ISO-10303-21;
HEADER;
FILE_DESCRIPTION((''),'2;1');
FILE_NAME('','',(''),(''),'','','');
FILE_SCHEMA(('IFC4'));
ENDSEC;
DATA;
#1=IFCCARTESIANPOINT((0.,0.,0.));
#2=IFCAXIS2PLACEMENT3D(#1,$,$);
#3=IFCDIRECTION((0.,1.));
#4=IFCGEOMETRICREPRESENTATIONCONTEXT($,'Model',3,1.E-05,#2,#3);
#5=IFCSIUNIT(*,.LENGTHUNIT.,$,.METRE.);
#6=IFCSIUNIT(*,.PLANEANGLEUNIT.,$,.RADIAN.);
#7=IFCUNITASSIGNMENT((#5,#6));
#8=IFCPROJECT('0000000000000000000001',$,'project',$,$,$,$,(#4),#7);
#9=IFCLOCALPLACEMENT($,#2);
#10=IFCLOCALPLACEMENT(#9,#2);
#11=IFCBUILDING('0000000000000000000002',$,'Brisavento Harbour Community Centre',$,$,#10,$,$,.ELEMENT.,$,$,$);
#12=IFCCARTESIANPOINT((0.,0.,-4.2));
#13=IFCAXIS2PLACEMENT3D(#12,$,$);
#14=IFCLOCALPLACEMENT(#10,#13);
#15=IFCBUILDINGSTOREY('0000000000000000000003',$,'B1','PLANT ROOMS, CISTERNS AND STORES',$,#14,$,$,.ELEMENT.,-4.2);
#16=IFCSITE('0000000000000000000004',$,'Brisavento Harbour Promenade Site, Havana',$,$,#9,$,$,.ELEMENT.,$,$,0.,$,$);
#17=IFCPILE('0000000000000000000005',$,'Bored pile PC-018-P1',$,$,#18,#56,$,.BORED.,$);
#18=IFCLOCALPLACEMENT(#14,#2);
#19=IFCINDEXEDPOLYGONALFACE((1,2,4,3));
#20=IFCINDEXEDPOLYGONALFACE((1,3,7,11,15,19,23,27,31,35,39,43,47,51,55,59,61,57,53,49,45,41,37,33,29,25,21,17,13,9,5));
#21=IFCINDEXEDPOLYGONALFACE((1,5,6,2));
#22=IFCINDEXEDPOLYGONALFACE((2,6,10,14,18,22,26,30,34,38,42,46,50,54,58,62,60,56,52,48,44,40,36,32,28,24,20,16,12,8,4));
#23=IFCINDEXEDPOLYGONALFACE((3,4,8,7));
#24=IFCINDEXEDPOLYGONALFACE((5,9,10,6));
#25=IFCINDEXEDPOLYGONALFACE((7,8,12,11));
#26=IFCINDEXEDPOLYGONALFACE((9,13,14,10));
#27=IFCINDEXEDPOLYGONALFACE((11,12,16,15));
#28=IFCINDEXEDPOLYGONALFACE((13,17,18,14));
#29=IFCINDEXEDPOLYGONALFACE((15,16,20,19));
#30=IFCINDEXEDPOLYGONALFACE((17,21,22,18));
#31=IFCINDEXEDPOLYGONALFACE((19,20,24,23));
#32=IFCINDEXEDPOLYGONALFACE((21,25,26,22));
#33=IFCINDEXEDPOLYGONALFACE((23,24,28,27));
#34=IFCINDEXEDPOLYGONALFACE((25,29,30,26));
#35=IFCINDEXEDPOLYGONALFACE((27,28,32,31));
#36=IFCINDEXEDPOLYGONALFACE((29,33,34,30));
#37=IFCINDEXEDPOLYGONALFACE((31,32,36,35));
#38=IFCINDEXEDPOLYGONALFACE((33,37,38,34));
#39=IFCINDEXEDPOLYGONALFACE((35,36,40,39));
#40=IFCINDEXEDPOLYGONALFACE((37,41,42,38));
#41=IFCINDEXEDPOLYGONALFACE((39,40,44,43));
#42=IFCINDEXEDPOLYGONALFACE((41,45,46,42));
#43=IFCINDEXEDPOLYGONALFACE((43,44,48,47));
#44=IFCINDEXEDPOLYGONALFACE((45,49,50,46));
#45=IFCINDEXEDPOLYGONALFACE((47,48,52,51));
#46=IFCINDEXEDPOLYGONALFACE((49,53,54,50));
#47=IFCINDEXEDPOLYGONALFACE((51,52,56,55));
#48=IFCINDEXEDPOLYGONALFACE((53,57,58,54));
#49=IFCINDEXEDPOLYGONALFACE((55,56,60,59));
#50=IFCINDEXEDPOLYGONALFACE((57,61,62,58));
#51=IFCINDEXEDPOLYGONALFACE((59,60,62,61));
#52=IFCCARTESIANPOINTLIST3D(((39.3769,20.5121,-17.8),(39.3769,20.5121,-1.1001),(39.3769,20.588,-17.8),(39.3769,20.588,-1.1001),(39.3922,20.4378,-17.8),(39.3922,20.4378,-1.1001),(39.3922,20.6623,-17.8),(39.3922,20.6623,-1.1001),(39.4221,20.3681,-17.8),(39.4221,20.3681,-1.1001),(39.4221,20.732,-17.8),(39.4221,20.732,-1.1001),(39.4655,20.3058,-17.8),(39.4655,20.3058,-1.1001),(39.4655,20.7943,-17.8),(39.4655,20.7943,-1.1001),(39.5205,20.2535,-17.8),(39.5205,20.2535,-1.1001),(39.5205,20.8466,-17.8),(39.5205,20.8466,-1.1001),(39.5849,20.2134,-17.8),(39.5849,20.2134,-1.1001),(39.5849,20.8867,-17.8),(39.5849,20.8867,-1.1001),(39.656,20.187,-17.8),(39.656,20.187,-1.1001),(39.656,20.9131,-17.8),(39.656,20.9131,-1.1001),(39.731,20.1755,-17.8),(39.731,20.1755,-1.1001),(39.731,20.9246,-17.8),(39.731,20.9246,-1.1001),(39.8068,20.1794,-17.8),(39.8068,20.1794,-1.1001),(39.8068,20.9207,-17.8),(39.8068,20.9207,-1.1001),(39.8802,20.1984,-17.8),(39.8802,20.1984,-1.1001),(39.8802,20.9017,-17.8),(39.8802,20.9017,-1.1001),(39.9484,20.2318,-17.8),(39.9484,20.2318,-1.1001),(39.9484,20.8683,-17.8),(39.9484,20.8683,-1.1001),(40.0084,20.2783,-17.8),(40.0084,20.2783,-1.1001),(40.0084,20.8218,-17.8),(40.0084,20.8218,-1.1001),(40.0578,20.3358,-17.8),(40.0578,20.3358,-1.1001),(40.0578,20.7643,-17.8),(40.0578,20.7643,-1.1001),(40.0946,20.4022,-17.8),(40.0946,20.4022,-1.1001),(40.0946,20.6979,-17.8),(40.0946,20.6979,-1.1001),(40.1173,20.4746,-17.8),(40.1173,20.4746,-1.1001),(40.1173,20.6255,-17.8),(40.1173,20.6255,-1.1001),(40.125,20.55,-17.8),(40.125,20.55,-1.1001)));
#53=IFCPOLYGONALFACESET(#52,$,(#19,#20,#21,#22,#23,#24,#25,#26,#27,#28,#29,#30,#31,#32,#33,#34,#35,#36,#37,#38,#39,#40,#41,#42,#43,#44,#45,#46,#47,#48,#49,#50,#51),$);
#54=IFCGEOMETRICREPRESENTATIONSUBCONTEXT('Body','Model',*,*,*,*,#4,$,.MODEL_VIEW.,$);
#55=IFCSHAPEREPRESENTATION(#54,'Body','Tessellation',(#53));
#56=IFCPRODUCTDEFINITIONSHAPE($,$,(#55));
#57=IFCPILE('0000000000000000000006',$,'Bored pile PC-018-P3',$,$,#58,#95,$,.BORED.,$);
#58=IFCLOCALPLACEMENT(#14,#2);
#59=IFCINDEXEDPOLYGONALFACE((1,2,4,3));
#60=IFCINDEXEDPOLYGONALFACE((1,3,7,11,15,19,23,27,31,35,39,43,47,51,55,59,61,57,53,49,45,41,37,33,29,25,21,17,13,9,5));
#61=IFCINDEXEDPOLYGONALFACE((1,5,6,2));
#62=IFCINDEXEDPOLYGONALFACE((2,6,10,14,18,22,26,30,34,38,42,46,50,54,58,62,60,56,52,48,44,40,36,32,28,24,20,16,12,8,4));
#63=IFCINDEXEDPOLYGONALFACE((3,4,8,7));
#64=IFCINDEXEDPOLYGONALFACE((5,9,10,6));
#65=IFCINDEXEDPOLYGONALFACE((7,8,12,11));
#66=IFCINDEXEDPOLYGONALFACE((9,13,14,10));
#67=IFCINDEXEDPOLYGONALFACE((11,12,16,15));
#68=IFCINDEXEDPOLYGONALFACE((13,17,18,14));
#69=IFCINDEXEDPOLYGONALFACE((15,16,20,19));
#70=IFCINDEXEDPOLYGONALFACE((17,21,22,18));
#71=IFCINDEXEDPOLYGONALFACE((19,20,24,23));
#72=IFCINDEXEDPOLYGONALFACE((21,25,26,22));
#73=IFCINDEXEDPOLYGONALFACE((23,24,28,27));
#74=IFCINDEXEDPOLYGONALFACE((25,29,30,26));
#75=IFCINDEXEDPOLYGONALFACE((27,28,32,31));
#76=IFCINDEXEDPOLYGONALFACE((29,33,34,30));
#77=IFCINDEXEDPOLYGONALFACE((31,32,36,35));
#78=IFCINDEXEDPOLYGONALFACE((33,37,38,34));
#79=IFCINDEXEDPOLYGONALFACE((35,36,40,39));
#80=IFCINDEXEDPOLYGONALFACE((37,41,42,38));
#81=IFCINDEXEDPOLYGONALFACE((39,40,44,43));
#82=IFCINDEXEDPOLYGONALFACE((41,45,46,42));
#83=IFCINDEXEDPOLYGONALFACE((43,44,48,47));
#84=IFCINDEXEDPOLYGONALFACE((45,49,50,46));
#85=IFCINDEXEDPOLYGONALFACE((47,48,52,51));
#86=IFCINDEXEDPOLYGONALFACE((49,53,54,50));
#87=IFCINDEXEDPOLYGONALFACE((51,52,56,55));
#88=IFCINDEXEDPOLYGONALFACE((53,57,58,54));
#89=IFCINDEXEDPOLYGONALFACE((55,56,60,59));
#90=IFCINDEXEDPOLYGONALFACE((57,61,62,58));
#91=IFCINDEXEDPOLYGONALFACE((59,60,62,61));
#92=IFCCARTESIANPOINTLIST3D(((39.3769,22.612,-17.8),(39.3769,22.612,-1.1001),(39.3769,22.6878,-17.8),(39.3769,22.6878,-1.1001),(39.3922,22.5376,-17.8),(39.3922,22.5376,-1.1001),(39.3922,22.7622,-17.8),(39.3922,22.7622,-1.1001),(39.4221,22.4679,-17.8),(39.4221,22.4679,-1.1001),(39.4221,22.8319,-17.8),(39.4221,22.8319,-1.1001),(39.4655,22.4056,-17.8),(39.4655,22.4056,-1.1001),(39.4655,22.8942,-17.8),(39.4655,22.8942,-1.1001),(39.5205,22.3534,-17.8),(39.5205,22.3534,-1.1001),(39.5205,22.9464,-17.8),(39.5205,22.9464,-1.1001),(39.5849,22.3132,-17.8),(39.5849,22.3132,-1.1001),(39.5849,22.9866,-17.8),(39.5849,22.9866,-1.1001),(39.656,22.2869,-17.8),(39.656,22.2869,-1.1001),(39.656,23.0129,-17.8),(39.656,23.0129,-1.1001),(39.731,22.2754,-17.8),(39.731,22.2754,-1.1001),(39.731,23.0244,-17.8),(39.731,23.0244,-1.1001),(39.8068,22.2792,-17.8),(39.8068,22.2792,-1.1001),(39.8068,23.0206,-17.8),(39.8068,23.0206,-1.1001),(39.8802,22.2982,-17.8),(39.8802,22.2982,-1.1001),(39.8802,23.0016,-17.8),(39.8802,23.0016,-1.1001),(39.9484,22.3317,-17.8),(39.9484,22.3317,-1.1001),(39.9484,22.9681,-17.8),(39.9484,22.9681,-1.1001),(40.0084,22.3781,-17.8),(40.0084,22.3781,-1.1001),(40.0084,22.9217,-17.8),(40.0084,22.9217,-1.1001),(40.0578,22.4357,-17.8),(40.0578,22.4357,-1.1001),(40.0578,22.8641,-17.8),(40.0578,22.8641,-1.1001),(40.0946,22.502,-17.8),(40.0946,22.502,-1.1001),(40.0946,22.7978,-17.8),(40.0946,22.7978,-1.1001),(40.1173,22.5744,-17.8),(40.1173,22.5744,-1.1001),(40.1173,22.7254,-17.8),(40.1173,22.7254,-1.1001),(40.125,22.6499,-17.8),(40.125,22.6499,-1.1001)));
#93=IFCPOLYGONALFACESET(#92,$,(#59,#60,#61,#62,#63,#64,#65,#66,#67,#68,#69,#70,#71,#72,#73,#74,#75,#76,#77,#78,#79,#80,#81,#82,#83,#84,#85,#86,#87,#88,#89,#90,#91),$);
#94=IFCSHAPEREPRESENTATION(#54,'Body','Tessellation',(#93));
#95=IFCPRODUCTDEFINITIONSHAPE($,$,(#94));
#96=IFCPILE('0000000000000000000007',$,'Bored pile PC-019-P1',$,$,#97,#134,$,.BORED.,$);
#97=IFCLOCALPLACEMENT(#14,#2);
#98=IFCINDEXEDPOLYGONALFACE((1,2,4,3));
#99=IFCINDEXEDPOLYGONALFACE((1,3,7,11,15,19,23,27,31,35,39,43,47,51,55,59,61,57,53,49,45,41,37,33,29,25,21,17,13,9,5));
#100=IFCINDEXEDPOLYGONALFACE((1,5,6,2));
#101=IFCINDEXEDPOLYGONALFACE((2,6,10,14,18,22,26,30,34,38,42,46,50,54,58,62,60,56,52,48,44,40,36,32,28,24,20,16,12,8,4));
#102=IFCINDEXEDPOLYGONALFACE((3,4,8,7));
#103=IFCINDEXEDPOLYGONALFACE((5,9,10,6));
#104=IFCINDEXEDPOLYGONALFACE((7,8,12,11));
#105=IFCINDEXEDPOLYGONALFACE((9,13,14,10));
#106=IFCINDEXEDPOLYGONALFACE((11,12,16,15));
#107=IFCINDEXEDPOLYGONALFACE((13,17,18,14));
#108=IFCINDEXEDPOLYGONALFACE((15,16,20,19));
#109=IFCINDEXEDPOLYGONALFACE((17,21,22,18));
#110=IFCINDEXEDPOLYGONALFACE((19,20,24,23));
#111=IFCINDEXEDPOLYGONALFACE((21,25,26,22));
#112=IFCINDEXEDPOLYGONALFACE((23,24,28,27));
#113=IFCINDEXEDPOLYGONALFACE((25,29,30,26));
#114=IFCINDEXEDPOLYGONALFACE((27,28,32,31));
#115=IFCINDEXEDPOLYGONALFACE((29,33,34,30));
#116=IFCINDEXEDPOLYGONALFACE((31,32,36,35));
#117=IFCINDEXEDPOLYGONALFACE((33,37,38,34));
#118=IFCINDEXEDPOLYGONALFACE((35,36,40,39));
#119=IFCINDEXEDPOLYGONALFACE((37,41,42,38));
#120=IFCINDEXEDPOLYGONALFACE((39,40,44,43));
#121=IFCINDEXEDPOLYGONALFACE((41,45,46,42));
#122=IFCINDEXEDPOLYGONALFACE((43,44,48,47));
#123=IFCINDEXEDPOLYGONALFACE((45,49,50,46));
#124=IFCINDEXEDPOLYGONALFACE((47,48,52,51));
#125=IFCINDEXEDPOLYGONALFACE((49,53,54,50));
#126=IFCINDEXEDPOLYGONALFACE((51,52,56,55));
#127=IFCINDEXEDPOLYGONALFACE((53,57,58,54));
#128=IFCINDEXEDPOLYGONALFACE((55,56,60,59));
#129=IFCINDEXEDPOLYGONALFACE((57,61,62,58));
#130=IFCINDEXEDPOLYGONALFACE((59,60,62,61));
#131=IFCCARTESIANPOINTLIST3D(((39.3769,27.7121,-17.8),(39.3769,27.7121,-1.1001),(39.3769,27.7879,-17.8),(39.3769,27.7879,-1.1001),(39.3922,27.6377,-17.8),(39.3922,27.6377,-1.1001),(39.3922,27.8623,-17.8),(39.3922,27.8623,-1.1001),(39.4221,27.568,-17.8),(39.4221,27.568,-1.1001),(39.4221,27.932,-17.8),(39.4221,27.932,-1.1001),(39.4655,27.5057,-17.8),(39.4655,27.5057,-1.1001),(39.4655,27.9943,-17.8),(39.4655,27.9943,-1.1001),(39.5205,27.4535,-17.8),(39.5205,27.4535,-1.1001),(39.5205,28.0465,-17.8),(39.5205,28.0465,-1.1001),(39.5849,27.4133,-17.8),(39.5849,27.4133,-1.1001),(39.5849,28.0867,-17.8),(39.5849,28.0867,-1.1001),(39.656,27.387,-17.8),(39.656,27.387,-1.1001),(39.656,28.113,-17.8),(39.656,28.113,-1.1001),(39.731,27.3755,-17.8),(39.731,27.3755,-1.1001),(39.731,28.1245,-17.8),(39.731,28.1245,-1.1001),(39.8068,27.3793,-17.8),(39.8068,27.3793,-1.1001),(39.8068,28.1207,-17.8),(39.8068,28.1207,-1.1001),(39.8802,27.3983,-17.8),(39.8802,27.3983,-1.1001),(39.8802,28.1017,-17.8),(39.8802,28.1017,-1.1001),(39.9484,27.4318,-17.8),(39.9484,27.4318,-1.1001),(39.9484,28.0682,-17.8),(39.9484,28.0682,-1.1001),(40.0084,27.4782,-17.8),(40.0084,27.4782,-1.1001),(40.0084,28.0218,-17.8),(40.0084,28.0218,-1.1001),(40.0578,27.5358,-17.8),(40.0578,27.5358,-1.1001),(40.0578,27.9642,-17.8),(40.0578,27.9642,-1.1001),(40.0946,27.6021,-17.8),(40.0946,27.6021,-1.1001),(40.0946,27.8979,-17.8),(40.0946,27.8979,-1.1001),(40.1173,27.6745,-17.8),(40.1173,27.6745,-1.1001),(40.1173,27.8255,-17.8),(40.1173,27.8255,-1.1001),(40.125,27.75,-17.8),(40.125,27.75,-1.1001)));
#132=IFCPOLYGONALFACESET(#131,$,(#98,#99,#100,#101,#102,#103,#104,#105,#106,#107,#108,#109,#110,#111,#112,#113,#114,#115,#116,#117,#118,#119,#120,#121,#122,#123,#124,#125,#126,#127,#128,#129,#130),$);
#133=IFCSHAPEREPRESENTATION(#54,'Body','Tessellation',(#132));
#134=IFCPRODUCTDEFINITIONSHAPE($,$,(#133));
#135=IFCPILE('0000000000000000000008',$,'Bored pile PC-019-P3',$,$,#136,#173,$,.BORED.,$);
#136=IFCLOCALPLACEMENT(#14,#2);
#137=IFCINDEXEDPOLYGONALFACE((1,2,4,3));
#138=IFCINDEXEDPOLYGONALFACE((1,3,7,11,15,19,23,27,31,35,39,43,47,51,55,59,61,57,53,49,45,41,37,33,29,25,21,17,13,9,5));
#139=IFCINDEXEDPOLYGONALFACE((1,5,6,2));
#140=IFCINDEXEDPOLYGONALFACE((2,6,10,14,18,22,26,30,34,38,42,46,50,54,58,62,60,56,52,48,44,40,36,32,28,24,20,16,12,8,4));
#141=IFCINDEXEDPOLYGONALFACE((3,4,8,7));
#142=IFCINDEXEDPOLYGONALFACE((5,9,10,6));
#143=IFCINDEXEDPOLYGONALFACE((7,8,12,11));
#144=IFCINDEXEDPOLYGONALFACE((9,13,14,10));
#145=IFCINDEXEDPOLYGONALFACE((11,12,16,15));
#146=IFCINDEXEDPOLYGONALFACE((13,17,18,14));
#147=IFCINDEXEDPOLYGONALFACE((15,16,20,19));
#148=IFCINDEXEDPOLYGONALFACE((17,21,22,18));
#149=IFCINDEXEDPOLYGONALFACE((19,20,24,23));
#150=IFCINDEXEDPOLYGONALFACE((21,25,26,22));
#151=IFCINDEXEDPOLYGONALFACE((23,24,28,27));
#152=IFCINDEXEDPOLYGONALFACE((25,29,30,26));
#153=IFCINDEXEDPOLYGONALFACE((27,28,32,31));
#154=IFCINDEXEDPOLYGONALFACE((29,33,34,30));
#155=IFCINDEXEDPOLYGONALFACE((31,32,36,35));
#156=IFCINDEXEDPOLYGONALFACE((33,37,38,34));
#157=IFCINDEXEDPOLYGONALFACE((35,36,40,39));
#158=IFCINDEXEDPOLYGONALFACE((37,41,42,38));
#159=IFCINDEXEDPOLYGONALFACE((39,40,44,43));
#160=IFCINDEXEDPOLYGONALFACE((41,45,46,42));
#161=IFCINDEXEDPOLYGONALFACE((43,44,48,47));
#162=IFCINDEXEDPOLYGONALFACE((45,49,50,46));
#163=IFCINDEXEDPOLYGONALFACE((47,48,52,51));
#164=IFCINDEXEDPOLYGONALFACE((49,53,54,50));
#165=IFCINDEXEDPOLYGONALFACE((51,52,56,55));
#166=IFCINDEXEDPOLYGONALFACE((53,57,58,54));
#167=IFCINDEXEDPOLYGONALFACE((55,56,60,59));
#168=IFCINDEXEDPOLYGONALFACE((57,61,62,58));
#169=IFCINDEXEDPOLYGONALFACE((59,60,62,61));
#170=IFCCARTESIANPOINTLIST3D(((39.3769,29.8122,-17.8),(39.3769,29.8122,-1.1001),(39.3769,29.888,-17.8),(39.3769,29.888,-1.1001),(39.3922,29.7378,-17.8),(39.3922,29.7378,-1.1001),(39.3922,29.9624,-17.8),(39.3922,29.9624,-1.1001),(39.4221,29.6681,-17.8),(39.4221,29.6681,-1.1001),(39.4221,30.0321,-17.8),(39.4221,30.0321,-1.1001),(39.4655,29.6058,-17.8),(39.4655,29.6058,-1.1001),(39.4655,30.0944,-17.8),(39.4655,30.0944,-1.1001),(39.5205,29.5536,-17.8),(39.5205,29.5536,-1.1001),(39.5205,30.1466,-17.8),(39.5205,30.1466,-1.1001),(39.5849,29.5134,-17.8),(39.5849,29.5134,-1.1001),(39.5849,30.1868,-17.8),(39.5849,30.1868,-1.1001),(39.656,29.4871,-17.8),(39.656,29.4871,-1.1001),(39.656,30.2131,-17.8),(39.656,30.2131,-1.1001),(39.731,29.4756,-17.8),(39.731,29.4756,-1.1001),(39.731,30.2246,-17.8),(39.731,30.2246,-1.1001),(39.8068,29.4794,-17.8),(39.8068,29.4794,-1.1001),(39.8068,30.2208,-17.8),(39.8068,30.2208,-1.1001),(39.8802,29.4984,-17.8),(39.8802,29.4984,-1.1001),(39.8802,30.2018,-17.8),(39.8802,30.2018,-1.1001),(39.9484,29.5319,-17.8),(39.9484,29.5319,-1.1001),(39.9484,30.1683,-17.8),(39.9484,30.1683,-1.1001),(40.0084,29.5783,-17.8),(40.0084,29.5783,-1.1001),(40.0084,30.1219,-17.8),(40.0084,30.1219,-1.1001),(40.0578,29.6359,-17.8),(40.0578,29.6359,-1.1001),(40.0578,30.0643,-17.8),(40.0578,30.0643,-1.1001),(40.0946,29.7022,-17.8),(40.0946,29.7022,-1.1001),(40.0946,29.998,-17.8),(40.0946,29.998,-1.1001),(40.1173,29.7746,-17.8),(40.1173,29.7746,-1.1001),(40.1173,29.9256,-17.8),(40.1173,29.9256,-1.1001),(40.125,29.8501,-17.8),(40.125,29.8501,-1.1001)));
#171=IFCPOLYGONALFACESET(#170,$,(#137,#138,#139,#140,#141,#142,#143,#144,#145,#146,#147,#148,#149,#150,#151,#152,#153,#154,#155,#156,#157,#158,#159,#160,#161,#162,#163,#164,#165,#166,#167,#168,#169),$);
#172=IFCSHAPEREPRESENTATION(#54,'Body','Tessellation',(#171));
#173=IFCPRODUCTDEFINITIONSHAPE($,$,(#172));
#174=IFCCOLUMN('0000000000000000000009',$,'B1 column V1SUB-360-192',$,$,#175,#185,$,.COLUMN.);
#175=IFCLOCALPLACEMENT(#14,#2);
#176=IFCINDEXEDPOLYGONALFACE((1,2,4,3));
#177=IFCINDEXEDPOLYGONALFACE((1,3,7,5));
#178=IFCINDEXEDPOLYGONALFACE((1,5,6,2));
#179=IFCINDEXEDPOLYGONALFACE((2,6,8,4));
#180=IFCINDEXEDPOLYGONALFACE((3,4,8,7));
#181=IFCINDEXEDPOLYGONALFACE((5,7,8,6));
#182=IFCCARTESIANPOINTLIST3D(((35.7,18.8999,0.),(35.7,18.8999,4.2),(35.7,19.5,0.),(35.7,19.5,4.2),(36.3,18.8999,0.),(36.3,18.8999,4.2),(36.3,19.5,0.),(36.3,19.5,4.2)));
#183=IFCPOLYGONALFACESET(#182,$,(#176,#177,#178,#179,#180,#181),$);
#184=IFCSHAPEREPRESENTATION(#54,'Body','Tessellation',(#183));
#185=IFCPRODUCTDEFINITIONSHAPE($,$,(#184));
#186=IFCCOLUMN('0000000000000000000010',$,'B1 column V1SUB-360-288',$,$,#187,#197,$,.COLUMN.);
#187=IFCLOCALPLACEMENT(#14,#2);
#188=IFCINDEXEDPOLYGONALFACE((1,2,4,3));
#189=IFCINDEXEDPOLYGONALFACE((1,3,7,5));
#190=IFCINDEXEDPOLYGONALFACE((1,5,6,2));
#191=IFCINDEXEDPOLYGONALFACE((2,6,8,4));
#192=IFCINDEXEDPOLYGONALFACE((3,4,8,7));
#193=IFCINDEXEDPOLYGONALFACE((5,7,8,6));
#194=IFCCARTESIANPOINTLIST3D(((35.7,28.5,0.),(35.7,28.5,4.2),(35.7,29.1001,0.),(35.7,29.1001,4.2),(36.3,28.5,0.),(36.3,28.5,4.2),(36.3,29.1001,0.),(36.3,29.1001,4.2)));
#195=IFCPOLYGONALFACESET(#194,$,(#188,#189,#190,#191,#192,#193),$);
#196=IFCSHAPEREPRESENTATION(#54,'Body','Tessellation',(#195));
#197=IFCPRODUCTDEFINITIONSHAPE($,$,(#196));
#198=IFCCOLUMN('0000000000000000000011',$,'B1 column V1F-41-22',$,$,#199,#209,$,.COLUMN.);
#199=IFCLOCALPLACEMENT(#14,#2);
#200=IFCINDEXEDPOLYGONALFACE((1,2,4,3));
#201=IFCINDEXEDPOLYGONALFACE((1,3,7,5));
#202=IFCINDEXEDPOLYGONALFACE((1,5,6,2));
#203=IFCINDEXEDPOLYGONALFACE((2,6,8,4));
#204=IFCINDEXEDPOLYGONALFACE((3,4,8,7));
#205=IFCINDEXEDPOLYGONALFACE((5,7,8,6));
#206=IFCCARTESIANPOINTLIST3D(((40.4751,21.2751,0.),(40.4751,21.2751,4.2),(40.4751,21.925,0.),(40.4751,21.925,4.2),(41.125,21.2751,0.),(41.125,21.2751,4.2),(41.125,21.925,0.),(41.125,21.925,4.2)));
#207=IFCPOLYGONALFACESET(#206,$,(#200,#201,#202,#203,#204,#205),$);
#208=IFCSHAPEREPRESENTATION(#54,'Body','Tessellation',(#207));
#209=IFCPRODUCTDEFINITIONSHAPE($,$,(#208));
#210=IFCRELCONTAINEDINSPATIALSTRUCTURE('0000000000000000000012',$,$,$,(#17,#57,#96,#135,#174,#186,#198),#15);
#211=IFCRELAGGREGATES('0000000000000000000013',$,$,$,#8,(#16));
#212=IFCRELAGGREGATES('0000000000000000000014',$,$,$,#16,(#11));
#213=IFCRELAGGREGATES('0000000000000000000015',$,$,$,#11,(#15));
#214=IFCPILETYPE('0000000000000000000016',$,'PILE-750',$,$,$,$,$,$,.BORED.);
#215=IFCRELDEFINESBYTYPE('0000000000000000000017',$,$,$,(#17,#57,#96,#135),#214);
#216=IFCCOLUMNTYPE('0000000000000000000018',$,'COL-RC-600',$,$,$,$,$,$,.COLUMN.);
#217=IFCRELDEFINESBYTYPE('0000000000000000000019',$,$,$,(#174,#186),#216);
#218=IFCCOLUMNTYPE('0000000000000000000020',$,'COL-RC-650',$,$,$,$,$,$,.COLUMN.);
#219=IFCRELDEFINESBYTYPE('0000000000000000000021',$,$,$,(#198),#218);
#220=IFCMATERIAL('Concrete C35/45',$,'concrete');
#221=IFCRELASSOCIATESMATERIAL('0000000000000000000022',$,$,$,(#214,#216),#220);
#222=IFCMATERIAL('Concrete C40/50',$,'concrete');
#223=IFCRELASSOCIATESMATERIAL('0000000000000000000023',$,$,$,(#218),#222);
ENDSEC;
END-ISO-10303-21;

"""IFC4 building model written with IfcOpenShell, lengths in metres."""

from ifc_helpers import new_model, si_unit, direction, frame, origin, origin_2d, place, context, subcontext, project, spatial, rectangle, circle, extrude, material, material_profile, profile_set, type_object, element, save


model = new_model("IFC4")

# Units and contexts
model_context = context("Model", 3, precision=1e-05, world=origin(), true_north=direction((0.0, 1.0)))
body_context = subcontext(model_context, "Body", "Model", "MODEL_VIEW")
ifc_project = project(units=[si_unit("LENGTHUNIT", "METRE"), si_unit("PLANEANGLEUNIT", "RADIAN")], contexts=[model_context])

# Site, building, storey
site_placement = place(None, origin())
site = spatial("IfcSite", under=ifc_project, at=site_placement, Name="Brisavento Harbour Promenade Site, Havana", CompositionType="ELEMENT", RefElevation=0.0)
building_placement = place(site_placement, origin())
building = spatial("IfcBuilding", under=site, at=building_placement, Name="Brisavento Harbour Community Centre", CompositionType="ELEMENT")
storey_placement = place(building_placement, frame((0.0, 0.0, -4.2)))
storey = spatial("IfcBuildingStorey", under=building, at=storey_placement, Name="B1", Description="PLANT ROOMS, CISTERNS AND STORES", CompositionType="ELEMENT", Elevation=-4.2)

# Shared definitions
ifc_material_1 = material(Name="Concrete C35/45", Category="concrete")

# Piles
ifc_material_profile_1 = material_profile(ifc_material_1, circle(Radius=0.375, at=origin_2d()), Name="Concrete C35/45")
ifc_profile_set_1 = profile_set([ifc_material_profile_1], Name="Concrete C35/45")
pile_type_1 = type_object("IfcPileType", Name="PILE-750", PredefinedType="BORED", material=ifc_profile_set_1)
for number, where, z_axis, x_axis, name in (
    (1, (39.75, 20.55, -1.1001), (0.0, 0.0, -1.0), (1.0, 0.0, 0.0), "Bored pile PC-018-P1"),
    (2, (39.75, 22.6499, -1.1001), (0.0, 0.0, -1.0), (1.0, 0.0, 0.0), "Bored pile PC-018-P3"),
    (3, (39.75, 27.75, -1.1001), (0.0, 0.0, -1.0), (1.0, 0.0, 0.0), "Bored pile PC-019-P1"),
    (4, (39.75, 29.8501, -1.1001), (0.0, 0.0, -1.0), (1.0, 0.0, 0.0), "Bored pile PC-019-P3"),
):
    element("IfcPile", number, at=place(storey_placement, frame(where, z_axis=z_axis, x_axis=x_axis)), inside=storey, type_object=pile_type_1, Name=name, PredefinedType="BORED", context=body_context, shape_type="SweptSolid", body=[
        extrude(circle(Radius=0.375, at=origin_2d()), origin(), (0.0, 0.0, 1.0), 16.7),
    ])

# Columns
ifc_material_profile_2 = material_profile(ifc_material_1, rectangle(XDim=0.6001, YDim=0.6001, at=origin_2d()), Name="Concrete C35/45")
ifc_profile_set_2 = profile_set([ifc_material_profile_2], Name="Concrete C35/45")
column_type_1 = type_object("IfcColumnType", Name="COL-RC-600", PredefinedType="COLUMN", material=ifc_profile_set_2)
for number, where, z_axis, x_axis, name in (
    (5, (36.0, 19.2, 0.0), (0.0, 0.0, 1.0), (1.0, 0.0, 0.0), "B1 column V1SUB-360-192"),
    (6, (36.0, 28.8, 0.0), (0.0, 0.0, 1.0), (1.0, 0.0, 0.0), "B1 column V1SUB-360-288"),
):
    element("IfcColumn", number, at=place(storey_placement, frame(where, z_axis=z_axis, x_axis=x_axis)), inside=storey, type_object=column_type_1, Name=name, PredefinedType="COLUMN", context=body_context, shape_type="SweptSolid", body=[
        extrude(rectangle(XDim=0.6001, YDim=0.6001, at=origin_2d()), origin(), (0.0, 0.0, 1.0), 4.2),
    ])
ifc_material_2 = material(Name="Concrete C40/50", Category="concrete")
ifc_material_profile_3 = material_profile(ifc_material_2, rectangle(XDim=0.6499, YDim=0.6499, at=origin_2d()), Name="Concrete C40/50")
ifc_profile_set_3 = profile_set([ifc_material_profile_3], Name="Concrete C40/50")
column_type_2 = type_object("IfcColumnType", Name="COL-RC-650", PredefinedType="COLUMN", material=ifc_profile_set_3)
column_placement = place(storey_placement, frame((40.8, 21.6001, 0.0), z_axis=(0.0, 0.0, 1.0), x_axis=(1.0, 0.0, 0.0)))
element("IfcColumn", 7, at=column_placement, inside=storey, type_object=column_type_2, Name="B1 column V1F-41-22", PredefinedType="COLUMN", context=body_context, shape_type="SweptSolid", body=[
    extrude(rectangle(XDim=0.6499, YDim=0.6499, at=origin_2d()), origin(), (0.0, 0.0, 1.0), 4.2),
])

save(model, "model.ifc")
